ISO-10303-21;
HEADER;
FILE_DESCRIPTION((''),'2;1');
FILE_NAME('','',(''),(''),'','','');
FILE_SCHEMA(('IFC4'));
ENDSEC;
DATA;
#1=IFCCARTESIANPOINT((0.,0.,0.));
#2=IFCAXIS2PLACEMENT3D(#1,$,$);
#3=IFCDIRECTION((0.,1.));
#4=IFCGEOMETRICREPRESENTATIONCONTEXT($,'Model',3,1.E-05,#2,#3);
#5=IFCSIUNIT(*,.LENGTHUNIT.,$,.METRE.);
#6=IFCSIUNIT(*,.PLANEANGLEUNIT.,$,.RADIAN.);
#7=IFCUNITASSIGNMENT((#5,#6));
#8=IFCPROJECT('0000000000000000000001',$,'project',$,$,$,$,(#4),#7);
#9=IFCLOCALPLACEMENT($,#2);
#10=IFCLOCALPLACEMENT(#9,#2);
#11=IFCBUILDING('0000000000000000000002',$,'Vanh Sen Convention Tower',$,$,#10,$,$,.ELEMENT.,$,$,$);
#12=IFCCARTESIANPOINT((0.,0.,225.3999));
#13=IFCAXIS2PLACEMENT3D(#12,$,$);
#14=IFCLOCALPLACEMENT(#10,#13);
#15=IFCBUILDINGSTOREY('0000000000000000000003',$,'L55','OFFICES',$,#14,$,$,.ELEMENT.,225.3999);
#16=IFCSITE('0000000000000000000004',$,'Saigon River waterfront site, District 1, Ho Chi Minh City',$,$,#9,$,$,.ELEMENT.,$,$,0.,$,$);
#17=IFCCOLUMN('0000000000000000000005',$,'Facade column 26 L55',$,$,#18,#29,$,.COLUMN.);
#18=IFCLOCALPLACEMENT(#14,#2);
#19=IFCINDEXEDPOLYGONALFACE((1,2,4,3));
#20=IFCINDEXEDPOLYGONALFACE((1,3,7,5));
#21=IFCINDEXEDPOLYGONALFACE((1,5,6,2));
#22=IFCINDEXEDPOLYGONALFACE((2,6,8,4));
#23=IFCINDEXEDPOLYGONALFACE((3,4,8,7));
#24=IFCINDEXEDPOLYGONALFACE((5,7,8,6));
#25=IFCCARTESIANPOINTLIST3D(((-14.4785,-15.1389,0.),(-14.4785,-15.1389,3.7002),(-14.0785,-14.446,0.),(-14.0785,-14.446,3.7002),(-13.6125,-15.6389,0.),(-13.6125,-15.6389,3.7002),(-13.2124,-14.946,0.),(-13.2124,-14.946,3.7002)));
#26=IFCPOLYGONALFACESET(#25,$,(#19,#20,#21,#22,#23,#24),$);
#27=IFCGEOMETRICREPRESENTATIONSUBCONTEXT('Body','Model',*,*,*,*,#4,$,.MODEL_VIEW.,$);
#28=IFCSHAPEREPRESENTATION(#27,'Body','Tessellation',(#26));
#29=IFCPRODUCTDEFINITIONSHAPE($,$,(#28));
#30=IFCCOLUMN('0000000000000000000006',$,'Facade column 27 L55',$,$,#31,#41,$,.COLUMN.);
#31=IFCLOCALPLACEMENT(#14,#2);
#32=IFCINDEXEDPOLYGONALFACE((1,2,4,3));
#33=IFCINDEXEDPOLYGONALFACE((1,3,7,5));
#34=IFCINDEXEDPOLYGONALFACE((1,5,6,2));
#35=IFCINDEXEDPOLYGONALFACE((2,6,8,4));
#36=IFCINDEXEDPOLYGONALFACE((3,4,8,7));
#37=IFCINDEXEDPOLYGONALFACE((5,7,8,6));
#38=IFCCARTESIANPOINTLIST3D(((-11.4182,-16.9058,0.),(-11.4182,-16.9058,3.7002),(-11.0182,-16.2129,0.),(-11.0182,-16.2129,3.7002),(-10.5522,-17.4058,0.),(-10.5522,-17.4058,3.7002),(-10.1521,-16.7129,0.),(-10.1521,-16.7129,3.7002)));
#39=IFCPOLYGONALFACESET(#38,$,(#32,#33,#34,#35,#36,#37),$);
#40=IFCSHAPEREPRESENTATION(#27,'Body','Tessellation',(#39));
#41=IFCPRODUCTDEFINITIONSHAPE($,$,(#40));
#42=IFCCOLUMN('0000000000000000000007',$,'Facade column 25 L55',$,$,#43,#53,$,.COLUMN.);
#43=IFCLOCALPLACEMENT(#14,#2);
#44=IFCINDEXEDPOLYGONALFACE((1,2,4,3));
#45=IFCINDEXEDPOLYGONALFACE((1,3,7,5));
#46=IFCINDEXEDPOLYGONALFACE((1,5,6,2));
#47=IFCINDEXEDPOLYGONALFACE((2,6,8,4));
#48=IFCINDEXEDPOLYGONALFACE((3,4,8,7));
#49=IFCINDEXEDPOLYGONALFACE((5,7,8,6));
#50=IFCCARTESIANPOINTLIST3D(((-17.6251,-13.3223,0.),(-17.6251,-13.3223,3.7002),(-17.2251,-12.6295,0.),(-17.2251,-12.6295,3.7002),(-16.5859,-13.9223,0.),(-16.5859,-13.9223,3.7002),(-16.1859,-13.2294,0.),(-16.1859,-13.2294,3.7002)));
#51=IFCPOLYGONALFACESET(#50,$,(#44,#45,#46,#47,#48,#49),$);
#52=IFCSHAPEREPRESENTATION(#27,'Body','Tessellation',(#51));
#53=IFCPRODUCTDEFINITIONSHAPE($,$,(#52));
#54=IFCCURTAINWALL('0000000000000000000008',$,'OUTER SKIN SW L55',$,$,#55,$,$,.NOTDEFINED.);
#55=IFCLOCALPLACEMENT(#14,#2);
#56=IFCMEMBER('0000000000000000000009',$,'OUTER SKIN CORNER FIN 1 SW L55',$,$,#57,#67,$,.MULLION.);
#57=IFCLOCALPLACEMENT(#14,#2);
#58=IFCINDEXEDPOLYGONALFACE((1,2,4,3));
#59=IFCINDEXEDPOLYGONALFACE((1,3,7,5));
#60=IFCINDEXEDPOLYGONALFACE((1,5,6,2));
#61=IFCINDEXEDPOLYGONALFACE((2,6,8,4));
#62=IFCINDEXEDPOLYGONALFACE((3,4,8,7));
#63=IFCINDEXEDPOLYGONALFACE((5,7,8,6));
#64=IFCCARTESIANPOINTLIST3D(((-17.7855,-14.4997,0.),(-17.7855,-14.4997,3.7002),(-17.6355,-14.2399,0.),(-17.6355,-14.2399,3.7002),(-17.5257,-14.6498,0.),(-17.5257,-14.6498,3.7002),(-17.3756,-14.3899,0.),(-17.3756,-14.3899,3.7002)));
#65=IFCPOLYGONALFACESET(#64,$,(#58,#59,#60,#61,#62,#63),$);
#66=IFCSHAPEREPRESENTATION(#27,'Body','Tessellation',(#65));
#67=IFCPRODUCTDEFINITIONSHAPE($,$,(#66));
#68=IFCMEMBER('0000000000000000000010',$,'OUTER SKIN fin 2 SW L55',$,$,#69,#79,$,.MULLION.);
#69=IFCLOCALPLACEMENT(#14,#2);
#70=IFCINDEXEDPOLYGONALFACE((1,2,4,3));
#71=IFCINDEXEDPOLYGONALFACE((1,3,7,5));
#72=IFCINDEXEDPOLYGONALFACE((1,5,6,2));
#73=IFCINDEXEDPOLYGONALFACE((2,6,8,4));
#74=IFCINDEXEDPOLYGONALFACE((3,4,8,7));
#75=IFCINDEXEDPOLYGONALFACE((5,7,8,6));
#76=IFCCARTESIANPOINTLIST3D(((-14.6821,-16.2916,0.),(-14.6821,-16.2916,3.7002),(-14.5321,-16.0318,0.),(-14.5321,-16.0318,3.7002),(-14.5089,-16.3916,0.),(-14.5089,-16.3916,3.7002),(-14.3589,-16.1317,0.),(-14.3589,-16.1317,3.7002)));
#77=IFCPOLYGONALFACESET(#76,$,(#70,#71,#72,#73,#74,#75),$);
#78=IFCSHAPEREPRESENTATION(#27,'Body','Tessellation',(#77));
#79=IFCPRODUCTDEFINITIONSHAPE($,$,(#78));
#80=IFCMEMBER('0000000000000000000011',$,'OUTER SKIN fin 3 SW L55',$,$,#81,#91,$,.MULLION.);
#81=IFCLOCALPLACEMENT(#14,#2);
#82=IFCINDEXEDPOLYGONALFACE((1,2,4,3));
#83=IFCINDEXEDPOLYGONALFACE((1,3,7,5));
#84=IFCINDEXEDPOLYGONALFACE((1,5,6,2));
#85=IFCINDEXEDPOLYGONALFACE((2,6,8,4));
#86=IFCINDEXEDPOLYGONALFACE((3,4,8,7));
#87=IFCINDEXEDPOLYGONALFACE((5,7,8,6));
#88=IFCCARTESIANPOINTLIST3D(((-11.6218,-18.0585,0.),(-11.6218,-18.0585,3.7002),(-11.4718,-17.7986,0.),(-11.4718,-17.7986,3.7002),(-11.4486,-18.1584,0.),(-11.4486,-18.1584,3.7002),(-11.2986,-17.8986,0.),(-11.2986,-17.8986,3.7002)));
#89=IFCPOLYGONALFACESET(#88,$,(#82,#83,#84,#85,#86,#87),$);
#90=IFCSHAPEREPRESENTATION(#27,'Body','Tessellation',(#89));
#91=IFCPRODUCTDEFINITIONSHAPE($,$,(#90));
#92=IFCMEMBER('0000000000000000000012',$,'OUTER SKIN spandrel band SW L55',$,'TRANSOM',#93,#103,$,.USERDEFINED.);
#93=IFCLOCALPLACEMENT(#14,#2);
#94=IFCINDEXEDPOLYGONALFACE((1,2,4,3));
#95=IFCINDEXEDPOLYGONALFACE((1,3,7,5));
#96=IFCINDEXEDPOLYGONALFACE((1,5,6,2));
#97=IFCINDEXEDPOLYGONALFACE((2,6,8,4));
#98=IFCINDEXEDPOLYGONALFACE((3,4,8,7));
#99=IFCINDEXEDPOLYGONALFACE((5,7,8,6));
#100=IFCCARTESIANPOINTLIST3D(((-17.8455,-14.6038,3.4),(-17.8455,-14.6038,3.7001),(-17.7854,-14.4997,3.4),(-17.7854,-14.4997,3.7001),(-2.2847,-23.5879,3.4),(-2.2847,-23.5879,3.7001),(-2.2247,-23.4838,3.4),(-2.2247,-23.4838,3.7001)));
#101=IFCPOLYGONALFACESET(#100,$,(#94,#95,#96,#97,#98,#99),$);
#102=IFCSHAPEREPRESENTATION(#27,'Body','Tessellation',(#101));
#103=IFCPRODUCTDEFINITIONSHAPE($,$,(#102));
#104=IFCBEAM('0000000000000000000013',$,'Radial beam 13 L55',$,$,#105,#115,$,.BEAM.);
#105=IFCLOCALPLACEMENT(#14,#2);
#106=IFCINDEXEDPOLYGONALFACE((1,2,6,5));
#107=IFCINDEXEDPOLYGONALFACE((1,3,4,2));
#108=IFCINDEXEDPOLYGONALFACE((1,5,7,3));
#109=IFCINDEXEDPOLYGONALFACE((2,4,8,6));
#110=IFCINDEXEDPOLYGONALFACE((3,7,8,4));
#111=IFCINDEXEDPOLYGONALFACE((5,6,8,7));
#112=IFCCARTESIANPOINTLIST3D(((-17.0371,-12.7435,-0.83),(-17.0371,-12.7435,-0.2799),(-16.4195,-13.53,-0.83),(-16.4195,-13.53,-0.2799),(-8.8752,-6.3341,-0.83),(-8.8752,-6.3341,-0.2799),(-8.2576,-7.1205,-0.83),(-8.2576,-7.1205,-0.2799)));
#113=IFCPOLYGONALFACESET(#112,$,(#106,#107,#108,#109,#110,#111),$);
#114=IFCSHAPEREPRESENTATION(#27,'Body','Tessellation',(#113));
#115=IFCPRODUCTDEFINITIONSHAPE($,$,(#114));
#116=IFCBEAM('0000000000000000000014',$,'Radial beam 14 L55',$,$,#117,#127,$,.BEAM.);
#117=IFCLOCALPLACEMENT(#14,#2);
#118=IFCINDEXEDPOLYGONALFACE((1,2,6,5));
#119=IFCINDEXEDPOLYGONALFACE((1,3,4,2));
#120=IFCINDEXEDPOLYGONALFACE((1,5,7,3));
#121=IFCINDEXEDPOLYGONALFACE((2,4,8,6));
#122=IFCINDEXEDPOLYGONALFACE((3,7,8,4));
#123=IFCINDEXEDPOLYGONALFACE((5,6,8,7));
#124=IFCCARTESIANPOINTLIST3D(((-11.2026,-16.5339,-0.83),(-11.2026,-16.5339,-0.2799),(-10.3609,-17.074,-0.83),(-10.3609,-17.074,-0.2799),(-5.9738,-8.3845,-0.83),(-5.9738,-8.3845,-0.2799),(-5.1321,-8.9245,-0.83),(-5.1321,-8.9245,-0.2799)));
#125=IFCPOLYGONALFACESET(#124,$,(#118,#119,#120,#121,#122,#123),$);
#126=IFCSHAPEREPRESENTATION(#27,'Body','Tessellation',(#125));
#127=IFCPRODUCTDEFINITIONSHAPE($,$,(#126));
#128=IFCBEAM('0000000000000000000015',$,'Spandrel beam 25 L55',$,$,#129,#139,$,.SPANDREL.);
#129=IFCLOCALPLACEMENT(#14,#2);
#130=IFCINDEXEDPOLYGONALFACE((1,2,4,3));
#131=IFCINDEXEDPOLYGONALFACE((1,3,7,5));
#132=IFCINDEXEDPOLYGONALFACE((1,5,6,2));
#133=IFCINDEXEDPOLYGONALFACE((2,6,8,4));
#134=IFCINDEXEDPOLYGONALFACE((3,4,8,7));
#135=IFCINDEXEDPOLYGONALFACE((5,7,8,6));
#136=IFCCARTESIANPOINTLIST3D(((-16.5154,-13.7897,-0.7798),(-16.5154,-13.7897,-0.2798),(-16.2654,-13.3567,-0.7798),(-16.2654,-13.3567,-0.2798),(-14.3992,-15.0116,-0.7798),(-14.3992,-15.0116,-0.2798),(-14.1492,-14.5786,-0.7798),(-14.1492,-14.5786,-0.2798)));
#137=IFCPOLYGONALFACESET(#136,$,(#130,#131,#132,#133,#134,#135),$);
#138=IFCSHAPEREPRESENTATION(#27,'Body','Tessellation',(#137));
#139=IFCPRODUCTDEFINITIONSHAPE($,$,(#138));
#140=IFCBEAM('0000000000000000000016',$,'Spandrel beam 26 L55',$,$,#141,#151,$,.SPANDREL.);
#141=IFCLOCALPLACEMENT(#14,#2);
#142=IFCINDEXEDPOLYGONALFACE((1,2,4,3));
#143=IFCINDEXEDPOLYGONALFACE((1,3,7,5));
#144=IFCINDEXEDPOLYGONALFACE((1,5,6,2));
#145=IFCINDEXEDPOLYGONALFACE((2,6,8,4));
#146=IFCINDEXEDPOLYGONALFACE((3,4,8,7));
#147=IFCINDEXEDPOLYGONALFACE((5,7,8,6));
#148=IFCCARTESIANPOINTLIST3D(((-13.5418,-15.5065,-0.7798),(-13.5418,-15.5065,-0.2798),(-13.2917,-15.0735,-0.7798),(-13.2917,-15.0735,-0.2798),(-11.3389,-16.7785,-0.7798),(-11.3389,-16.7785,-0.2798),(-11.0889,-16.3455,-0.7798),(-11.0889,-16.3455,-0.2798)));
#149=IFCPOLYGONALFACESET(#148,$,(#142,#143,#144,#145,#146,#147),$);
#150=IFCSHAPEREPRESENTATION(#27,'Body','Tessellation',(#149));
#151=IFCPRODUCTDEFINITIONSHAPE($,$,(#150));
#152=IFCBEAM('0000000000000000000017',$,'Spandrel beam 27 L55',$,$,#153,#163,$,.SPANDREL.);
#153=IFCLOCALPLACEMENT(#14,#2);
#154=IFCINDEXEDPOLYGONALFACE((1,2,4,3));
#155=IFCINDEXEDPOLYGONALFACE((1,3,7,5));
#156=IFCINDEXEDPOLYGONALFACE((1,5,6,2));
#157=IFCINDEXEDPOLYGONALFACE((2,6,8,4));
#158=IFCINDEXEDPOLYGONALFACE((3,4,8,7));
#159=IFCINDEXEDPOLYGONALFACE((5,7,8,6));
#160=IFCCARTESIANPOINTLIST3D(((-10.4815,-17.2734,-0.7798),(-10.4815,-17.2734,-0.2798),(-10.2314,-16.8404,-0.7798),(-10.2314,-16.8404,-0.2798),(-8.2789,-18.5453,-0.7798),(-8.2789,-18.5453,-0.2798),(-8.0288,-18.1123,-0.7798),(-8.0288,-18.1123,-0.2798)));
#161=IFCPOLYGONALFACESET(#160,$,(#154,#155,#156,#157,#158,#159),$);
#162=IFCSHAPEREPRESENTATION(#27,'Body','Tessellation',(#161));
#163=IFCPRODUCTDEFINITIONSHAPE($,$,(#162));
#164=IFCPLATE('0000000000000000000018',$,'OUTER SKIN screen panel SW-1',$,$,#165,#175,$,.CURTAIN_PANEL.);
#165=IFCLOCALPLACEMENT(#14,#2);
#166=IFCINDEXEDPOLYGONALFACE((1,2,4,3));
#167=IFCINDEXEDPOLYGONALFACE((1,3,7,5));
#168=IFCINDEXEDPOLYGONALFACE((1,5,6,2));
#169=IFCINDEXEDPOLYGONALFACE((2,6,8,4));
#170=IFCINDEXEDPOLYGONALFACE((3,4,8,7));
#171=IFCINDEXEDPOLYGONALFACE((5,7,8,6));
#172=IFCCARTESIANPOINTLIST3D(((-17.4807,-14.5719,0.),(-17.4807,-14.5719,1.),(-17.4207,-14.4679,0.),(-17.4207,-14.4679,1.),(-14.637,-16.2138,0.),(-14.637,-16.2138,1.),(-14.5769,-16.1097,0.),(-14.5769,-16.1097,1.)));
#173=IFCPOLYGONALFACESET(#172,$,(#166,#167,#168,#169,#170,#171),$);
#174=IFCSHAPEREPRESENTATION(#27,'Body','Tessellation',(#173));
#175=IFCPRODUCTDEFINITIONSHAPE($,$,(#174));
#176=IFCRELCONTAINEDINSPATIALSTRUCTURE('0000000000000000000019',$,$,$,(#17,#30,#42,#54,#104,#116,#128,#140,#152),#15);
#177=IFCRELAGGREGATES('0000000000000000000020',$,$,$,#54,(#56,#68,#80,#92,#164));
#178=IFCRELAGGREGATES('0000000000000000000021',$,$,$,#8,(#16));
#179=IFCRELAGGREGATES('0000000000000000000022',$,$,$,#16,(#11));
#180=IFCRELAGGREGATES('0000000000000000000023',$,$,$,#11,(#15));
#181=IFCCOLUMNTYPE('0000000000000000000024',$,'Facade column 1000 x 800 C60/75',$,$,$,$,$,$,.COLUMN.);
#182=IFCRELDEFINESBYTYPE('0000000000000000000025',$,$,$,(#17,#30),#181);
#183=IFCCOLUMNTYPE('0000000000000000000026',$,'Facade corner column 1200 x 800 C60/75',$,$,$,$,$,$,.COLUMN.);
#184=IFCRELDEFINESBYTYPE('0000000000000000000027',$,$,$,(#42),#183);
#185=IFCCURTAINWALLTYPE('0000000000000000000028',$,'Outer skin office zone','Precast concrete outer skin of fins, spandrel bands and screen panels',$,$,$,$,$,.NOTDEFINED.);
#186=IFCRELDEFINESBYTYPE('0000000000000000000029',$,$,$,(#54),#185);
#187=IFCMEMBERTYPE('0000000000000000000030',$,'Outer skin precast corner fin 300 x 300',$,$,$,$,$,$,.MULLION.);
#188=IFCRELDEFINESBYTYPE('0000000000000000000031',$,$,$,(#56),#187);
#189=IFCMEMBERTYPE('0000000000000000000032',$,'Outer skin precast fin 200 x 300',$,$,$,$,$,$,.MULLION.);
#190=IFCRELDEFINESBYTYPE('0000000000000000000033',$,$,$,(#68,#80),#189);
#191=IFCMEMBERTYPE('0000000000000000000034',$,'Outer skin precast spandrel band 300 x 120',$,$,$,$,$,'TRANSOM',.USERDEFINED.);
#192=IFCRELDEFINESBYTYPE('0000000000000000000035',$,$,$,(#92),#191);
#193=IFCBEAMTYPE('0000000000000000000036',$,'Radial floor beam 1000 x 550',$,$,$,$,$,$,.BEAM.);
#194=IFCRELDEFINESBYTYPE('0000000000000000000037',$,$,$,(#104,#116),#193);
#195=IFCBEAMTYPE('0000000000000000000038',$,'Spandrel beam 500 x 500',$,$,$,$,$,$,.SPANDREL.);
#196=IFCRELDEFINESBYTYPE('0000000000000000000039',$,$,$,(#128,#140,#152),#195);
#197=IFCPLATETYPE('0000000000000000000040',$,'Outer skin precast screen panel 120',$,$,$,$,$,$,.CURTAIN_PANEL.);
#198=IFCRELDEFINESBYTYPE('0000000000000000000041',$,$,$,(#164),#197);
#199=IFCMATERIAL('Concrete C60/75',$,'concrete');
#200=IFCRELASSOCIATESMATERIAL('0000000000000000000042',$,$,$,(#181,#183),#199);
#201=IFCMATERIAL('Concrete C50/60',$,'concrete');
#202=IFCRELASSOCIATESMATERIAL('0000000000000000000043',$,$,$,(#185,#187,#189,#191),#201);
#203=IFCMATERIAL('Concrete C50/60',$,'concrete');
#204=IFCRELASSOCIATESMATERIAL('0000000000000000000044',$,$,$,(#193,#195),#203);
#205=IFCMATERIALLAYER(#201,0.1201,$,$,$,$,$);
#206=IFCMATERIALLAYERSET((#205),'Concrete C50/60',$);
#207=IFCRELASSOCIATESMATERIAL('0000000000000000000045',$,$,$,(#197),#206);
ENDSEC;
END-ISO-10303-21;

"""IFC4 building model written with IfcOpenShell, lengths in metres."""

from ifc_helpers import new_model, si_unit, direction, frame, origin, origin_2d, place, context, subcontext, project, spatial, rectangle, extrude, material, layer, layer_set, material_profile, profile_set, type_object, element, aggregate, save


model = new_model("IFC4")

# Units and contexts
model_context = context("Model", 3, precision=1e-05, world=origin(), true_north=direction((0.0, 1.0)))
body_context = subcontext(model_context, "Body", "Model", "MODEL_VIEW")
ifc_project = project(units=[si_unit("LENGTHUNIT", "METRE"), si_unit("PLANEANGLEUNIT", "RADIAN")], contexts=[model_context])

# Site, building, storey
site_placement = place(None, origin())
site = spatial("IfcSite", under=ifc_project, at=site_placement, Name="Saigon River waterfront site, District 1, Ho Chi Minh City", CompositionType="ELEMENT", RefElevation=0.0)
building_placement = place(site_placement, origin())
building = spatial("IfcBuilding", under=site, at=building_placement, Name="Vanh Sen Convention Tower", CompositionType="ELEMENT")
storey_placement = place(building_placement, frame((0.0, 0.0, 225.3999)))
storey = spatial("IfcBuildingStorey", under=building, at=storey_placement, Name="L55", Description="OFFICES", CompositionType="ELEMENT", Elevation=225.3999)

# Columns
ifc_material_1 = material(Name="Concrete C60/75", Category="concrete")
ifc_material_profile_1 = material_profile(ifc_material_1, rectangle(XDim=1.0, YDim=0.8, at=origin_2d()), Name="RC 1000X800")
ifc_profile_set_1 = profile_set([ifc_material_profile_1], Name="Concrete C60/75")
column_type_1 = type_object("IfcColumnType", Name="Facade column 1000 x 800 C60/75", PredefinedType="COLUMN", material=ifc_profile_set_1)
for number, where, z_axis, x_axis, name in (
    (1, (-13.8455, -15.0425, 0.0), (0.0, 0.0, 1.0), (0.866025, -0.5, 0.0), "Facade column 26 L55"),
    (2, (-10.7852, -16.8093, 0.0), (0.0, 0.0, 1.0), (0.866025, -0.5, 0.0), "Facade column 27 L55"),
):
    element("IfcColumn", number, at=place(storey_placement, frame(where, z_axis=z_axis, x_axis=x_axis)), inside=storey, type_object=column_type_1, Name=name, PredefinedType="COLUMN", context=body_context, shape_type="SweptSolid", body=[
        extrude(rectangle(XDim=1.0, YDim=0.8, at=origin_2d()), origin(), (0.0, 0.0, 1.0), 3.7002),
    ])
ifc_material_profile_2 = material_profile(ifc_material_1, rectangle(XDim=1.2, YDim=0.8, at=origin_2d()), Name="RC 1200X800")
ifc_profile_set_2 = profile_set([ifc_material_profile_2], Name="Concrete C60/75")
column_type_2 = type_object("IfcColumnType", Name="Facade corner column 1200 x 800 C60/75", PredefinedType="COLUMN", material=ifc_profile_set_2)
column_placement = place(storey_placement, frame((-16.9055, -13.2759, 0.0), z_axis=(0.0, 0.0, 1.0), x_axis=(0.866025, -0.5, 0.0)))
element("IfcColumn", 3, at=column_placement, inside=storey, type_object=column_type_2, Name="Facade column 25 L55", PredefinedType="COLUMN", context=body_context, shape_type="SweptSolid", body=[
    extrude(rectangle(XDim=1.2, YDim=0.8, at=origin_2d()), origin(), (0.0, 0.0, 1.0), 3.7002),
])

# Curtain wall, members
ifc_material_2 = material(Name="Concrete C50/60", Category="concrete")
curtain_wall_type = type_object("IfcCurtainWallType", Name="Outer skin office zone", Description="Precast concrete outer skin of fins, spandrel bands and screen panels", PredefinedType="NOTDEFINED", material=ifc_material_2)
curtain_wall_placement = place(storey_placement, origin())
curtain_wall = element("IfcCurtainWall", 4, at=curtain_wall_placement, inside=storey, type_object=curtain_wall_type, Name="OUTER SKIN SW L55", PredefinedType="NOTDEFINED")
ifc_material_profile_3 = material_profile(ifc_material_2, rectangle(XDim=0.3, YDim=0.3, at=origin_2d()), Name="Outer skin precast corner fin 300 x 300")
ifc_profile_set_3 = profile_set([ifc_material_profile_3], Name="Concrete C50/60")
member_type_1 = type_object("IfcMemberType", Name="Outer skin precast corner fin 300 x 300", PredefinedType="MULLION", material=ifc_profile_set_3)
member_1_placement = place(storey_placement, frame((-17.5806, -14.4448, 0.0), z_axis=(0.0, 0.0, 1.0), x_axis=(0.866025, -0.5, 0.0)))
member_1 = element("IfcMember", 5, at=member_1_placement, type_object=member_type_1, Name="OUTER SKIN CORNER FIN 1 SW L55", PredefinedType="MULLION", context=body_context, shape_type="SweptSolid", body=[
    extrude(rectangle(XDim=0.3, YDim=0.3, at=origin_2d()), origin(), (0.0, 0.0, 1.0), 3.7002),
])
ifc_material_profile_4 = material_profile(ifc_material_2, rectangle(XDim=0.2, YDim=0.3, at=origin_2d()), Name="Outer skin precast fin 200 x 300")
ifc_profile_set_4 = profile_set([ifc_material_profile_4], Name="Concrete C50/60")
member_type_2 = type_object("IfcMemberType", Name="Outer skin precast fin 200 x 300", PredefinedType="MULLION", material=ifc_profile_set_4)
member_2_placement = place(storey_placement, frame((-14.5205, -16.2117, 0.0), z_axis=(0.0, 0.0, 1.0), x_axis=(0.866025, -0.5, 0.0)))
member_2 = element("IfcMember", 6, at=member_2_placement, type_object=member_type_2, Name="OUTER SKIN fin 2 SW L55", PredefinedType="MULLION", context=body_context, shape_type="SweptSolid", body=[
    extrude(rectangle(XDim=0.2, YDim=0.3, at=origin_2d()), origin(), (0.0, 0.0, 1.0), 3.7002),
])
member_3_placement = place(storey_placement, frame((-11.4602, -17.9785, 0.0), z_axis=(0.0, 0.0, 1.0), x_axis=(0.866025, -0.5, 0.0)))
member_3 = element("IfcMember", 7, at=member_3_placement, type_object=member_type_2, Name="OUTER SKIN fin 3 SW L55", PredefinedType="MULLION", context=body_context, shape_type="SweptSolid", body=[
    extrude(rectangle(XDim=0.2, YDim=0.3, at=origin_2d()), origin(), (0.0, 0.0, 1.0), 3.7002),
])
ifc_material_profile_5 = material_profile(ifc_material_2, rectangle(XDim=0.1201, YDim=0.3, at=origin_2d()), Name="Outer skin precast spandrel band 300 x 120")
ifc_profile_set_5 = profile_set([ifc_material_profile_5], Name="Concrete C50/60")
member_type_3 = type_object("IfcMemberType", Name="Outer skin precast spandrel band 300 x 120", ElementType="TRANSOM", PredefinedType="USERDEFINED", material=ifc_profile_set_5)
member_4_placement = place(storey_placement, frame((-17.8154, -14.5518, 3.55), z_axis=(0.866023, -0.500004, 0.0), x_axis=(0.500004, 0.866023, 0.0)))
member_4 = element("IfcMember", 8, at=member_4_placement, type_object=member_type_3, Name="OUTER SKIN spandrel band SW L55", ObjectType="TRANSOM", PredefinedType="USERDEFINED", context=body_context, shape_type="SweptSolid", body=[
    extrude(rectangle(XDim=0.1201, YDim=0.3, at=origin_2d()), origin(), (0.0, 0.0, 1.0), 17.968),
])

# Beams
ifc_material_3 = material(Name="Concrete C50/60", Category="concrete")
ifc_material_profile_6 = material_profile(ifc_material_3, rectangle(XDim=1.0, YDim=0.55, at=origin_2d()), Name="RC 1000X550")
ifc_profile_set_6 = profile_set([ifc_material_profile_6], Name="Concrete C50/60")
beam_type_1 = type_object("IfcBeamType", Name="Radial floor beam 1000 x 550", PredefinedType="BEAM", material=ifc_profile_set_6)
beam_1_placement = place(storey_placement, frame((-16.7283, -13.1367, -0.5549), z_axis=(0.786481, 0.617615, 0.0), x_axis=(-0.617615, 0.786481, 0.0)))
element("IfcBeam", 9, at=beam_1_placement, inside=storey, type_object=beam_type_1, Name="Radial beam 13 L55", PredefinedType="BEAM", context=body_context, shape_type="SweptSolid", body=[
    extrude(rectangle(XDim=1.0, YDim=0.55, at=origin_2d()), origin(), (0.0, 0.0, 1.0), 10.3777),
])
beam_2_placement = place(storey_placement, frame((-10.7817, -16.804, -0.5549), z_axis=(0.540016, 0.841655, 0.0), x_axis=(-0.841655, 0.540016, 0.0)))
element("IfcBeam", 10, at=beam_2_placement, inside=storey, type_object=beam_type_1, Name="Radial beam 14 L55", PredefinedType="BEAM", context=body_context, shape_type="SweptSolid", body=[
    extrude(rectangle(XDim=1.0, YDim=0.55, at=origin_2d()), origin(), (0.0, 0.0, 1.0), 9.6826),
])
ifc_material_profile_7 = material_profile(ifc_material_3, rectangle(XDim=0.5, YDim=0.5, at=origin_2d()), Name="RC 500X500")
ifc_profile_set_7 = profile_set([ifc_material_profile_7], Name="Concrete C50/60")
beam_type_2 = type_object("IfcBeamType", Name="Spandrel beam 500 x 500", PredefinedType="SPANDREL", material=ifc_profile_set_7)
beam_3_placement = place(storey_placement, frame((-16.3904, -13.5732, -0.5298), z_axis=(0.866003, -0.50004, 0.0), x_axis=(0.50004, 0.866003, 0.0)))
element("IfcBeam", 11, at=beam_3_placement, inside=storey, type_object=beam_type_2, Name="Spandrel beam 25 L55", PredefinedType="SPANDREL", context=body_context, shape_type="SweptSolid", body=[
    extrude(rectangle(XDim=0.5, YDim=0.5, at=origin_2d()), origin(), (0.0, 0.0, 1.0), 2.4436),
])
beam_4_placement = place(storey_placement, frame((-13.4167, -15.29, -0.5298), z_axis=(0.866002, -0.500041, 0.0), x_axis=(0.500041, 0.866002, 0.0)))
element("IfcBeam", 12, at=beam_4_placement, inside=storey, type_object=beam_type_2, Name="Spandrel beam 26 L55", PredefinedType="SPANDREL", context=body_context, shape_type="SweptSolid", body=[
    extrude(rectangle(XDim=0.5, YDim=0.5, at=origin_2d()), origin(), (0.0, 0.0, 1.0), 2.5437),
])
beam_5_placement = place(storey_placement, frame((-10.3564, -17.0569, -0.5298), z_axis=(0.865978, -0.500082, 0.0), x_axis=(0.500082, 0.865978, 0.0)))
element("IfcBeam", 13, at=beam_5_placement, inside=storey, type_object=beam_type_2, Name="Spandrel beam 27 L55", PredefinedType="SPANDREL", context=body_context, shape_type="SweptSolid", body=[
    extrude(rectangle(XDim=0.5, YDim=0.5, at=origin_2d()), origin(), (0.0, 0.0, 1.0), 2.5435),
])

# Plate
ifc_layer_1 = layer(ifc_material_2, 0.1201)
ifc_layer_set_1 = layer_set([ifc_layer_1], Name="Concrete C50/60")
plate_type = type_object("IfcPlateType", Name="Outer skin precast screen panel 120", PredefinedType="CURTAIN_PANEL", material=ifc_layer_set_1)
plate_1_placement = place(storey_placement, frame((-16.0288, -15.3408, 0.0), z_axis=(0.0, 0.0, 1.0), x_axis=(0.866026, -0.499998, 0.0)))
plate_1 = element("IfcPlate", 14, at=plate_1_placement, type_object=plate_type, Name="OUTER SKIN screen panel SW-1", PredefinedType="CURTAIN_PANEL", context=body_context, shape_type="SweptSolid", body=[
    extrude(rectangle(XDim=3.2837, YDim=0.1201, at=origin_2d()), origin(), (0.0, 0.0, 1.0), 1.0),
])
aggregate(curtain_wall, [member_1, member_2, member_3, member_4, plate_1])

save(model, "model.ifc")
